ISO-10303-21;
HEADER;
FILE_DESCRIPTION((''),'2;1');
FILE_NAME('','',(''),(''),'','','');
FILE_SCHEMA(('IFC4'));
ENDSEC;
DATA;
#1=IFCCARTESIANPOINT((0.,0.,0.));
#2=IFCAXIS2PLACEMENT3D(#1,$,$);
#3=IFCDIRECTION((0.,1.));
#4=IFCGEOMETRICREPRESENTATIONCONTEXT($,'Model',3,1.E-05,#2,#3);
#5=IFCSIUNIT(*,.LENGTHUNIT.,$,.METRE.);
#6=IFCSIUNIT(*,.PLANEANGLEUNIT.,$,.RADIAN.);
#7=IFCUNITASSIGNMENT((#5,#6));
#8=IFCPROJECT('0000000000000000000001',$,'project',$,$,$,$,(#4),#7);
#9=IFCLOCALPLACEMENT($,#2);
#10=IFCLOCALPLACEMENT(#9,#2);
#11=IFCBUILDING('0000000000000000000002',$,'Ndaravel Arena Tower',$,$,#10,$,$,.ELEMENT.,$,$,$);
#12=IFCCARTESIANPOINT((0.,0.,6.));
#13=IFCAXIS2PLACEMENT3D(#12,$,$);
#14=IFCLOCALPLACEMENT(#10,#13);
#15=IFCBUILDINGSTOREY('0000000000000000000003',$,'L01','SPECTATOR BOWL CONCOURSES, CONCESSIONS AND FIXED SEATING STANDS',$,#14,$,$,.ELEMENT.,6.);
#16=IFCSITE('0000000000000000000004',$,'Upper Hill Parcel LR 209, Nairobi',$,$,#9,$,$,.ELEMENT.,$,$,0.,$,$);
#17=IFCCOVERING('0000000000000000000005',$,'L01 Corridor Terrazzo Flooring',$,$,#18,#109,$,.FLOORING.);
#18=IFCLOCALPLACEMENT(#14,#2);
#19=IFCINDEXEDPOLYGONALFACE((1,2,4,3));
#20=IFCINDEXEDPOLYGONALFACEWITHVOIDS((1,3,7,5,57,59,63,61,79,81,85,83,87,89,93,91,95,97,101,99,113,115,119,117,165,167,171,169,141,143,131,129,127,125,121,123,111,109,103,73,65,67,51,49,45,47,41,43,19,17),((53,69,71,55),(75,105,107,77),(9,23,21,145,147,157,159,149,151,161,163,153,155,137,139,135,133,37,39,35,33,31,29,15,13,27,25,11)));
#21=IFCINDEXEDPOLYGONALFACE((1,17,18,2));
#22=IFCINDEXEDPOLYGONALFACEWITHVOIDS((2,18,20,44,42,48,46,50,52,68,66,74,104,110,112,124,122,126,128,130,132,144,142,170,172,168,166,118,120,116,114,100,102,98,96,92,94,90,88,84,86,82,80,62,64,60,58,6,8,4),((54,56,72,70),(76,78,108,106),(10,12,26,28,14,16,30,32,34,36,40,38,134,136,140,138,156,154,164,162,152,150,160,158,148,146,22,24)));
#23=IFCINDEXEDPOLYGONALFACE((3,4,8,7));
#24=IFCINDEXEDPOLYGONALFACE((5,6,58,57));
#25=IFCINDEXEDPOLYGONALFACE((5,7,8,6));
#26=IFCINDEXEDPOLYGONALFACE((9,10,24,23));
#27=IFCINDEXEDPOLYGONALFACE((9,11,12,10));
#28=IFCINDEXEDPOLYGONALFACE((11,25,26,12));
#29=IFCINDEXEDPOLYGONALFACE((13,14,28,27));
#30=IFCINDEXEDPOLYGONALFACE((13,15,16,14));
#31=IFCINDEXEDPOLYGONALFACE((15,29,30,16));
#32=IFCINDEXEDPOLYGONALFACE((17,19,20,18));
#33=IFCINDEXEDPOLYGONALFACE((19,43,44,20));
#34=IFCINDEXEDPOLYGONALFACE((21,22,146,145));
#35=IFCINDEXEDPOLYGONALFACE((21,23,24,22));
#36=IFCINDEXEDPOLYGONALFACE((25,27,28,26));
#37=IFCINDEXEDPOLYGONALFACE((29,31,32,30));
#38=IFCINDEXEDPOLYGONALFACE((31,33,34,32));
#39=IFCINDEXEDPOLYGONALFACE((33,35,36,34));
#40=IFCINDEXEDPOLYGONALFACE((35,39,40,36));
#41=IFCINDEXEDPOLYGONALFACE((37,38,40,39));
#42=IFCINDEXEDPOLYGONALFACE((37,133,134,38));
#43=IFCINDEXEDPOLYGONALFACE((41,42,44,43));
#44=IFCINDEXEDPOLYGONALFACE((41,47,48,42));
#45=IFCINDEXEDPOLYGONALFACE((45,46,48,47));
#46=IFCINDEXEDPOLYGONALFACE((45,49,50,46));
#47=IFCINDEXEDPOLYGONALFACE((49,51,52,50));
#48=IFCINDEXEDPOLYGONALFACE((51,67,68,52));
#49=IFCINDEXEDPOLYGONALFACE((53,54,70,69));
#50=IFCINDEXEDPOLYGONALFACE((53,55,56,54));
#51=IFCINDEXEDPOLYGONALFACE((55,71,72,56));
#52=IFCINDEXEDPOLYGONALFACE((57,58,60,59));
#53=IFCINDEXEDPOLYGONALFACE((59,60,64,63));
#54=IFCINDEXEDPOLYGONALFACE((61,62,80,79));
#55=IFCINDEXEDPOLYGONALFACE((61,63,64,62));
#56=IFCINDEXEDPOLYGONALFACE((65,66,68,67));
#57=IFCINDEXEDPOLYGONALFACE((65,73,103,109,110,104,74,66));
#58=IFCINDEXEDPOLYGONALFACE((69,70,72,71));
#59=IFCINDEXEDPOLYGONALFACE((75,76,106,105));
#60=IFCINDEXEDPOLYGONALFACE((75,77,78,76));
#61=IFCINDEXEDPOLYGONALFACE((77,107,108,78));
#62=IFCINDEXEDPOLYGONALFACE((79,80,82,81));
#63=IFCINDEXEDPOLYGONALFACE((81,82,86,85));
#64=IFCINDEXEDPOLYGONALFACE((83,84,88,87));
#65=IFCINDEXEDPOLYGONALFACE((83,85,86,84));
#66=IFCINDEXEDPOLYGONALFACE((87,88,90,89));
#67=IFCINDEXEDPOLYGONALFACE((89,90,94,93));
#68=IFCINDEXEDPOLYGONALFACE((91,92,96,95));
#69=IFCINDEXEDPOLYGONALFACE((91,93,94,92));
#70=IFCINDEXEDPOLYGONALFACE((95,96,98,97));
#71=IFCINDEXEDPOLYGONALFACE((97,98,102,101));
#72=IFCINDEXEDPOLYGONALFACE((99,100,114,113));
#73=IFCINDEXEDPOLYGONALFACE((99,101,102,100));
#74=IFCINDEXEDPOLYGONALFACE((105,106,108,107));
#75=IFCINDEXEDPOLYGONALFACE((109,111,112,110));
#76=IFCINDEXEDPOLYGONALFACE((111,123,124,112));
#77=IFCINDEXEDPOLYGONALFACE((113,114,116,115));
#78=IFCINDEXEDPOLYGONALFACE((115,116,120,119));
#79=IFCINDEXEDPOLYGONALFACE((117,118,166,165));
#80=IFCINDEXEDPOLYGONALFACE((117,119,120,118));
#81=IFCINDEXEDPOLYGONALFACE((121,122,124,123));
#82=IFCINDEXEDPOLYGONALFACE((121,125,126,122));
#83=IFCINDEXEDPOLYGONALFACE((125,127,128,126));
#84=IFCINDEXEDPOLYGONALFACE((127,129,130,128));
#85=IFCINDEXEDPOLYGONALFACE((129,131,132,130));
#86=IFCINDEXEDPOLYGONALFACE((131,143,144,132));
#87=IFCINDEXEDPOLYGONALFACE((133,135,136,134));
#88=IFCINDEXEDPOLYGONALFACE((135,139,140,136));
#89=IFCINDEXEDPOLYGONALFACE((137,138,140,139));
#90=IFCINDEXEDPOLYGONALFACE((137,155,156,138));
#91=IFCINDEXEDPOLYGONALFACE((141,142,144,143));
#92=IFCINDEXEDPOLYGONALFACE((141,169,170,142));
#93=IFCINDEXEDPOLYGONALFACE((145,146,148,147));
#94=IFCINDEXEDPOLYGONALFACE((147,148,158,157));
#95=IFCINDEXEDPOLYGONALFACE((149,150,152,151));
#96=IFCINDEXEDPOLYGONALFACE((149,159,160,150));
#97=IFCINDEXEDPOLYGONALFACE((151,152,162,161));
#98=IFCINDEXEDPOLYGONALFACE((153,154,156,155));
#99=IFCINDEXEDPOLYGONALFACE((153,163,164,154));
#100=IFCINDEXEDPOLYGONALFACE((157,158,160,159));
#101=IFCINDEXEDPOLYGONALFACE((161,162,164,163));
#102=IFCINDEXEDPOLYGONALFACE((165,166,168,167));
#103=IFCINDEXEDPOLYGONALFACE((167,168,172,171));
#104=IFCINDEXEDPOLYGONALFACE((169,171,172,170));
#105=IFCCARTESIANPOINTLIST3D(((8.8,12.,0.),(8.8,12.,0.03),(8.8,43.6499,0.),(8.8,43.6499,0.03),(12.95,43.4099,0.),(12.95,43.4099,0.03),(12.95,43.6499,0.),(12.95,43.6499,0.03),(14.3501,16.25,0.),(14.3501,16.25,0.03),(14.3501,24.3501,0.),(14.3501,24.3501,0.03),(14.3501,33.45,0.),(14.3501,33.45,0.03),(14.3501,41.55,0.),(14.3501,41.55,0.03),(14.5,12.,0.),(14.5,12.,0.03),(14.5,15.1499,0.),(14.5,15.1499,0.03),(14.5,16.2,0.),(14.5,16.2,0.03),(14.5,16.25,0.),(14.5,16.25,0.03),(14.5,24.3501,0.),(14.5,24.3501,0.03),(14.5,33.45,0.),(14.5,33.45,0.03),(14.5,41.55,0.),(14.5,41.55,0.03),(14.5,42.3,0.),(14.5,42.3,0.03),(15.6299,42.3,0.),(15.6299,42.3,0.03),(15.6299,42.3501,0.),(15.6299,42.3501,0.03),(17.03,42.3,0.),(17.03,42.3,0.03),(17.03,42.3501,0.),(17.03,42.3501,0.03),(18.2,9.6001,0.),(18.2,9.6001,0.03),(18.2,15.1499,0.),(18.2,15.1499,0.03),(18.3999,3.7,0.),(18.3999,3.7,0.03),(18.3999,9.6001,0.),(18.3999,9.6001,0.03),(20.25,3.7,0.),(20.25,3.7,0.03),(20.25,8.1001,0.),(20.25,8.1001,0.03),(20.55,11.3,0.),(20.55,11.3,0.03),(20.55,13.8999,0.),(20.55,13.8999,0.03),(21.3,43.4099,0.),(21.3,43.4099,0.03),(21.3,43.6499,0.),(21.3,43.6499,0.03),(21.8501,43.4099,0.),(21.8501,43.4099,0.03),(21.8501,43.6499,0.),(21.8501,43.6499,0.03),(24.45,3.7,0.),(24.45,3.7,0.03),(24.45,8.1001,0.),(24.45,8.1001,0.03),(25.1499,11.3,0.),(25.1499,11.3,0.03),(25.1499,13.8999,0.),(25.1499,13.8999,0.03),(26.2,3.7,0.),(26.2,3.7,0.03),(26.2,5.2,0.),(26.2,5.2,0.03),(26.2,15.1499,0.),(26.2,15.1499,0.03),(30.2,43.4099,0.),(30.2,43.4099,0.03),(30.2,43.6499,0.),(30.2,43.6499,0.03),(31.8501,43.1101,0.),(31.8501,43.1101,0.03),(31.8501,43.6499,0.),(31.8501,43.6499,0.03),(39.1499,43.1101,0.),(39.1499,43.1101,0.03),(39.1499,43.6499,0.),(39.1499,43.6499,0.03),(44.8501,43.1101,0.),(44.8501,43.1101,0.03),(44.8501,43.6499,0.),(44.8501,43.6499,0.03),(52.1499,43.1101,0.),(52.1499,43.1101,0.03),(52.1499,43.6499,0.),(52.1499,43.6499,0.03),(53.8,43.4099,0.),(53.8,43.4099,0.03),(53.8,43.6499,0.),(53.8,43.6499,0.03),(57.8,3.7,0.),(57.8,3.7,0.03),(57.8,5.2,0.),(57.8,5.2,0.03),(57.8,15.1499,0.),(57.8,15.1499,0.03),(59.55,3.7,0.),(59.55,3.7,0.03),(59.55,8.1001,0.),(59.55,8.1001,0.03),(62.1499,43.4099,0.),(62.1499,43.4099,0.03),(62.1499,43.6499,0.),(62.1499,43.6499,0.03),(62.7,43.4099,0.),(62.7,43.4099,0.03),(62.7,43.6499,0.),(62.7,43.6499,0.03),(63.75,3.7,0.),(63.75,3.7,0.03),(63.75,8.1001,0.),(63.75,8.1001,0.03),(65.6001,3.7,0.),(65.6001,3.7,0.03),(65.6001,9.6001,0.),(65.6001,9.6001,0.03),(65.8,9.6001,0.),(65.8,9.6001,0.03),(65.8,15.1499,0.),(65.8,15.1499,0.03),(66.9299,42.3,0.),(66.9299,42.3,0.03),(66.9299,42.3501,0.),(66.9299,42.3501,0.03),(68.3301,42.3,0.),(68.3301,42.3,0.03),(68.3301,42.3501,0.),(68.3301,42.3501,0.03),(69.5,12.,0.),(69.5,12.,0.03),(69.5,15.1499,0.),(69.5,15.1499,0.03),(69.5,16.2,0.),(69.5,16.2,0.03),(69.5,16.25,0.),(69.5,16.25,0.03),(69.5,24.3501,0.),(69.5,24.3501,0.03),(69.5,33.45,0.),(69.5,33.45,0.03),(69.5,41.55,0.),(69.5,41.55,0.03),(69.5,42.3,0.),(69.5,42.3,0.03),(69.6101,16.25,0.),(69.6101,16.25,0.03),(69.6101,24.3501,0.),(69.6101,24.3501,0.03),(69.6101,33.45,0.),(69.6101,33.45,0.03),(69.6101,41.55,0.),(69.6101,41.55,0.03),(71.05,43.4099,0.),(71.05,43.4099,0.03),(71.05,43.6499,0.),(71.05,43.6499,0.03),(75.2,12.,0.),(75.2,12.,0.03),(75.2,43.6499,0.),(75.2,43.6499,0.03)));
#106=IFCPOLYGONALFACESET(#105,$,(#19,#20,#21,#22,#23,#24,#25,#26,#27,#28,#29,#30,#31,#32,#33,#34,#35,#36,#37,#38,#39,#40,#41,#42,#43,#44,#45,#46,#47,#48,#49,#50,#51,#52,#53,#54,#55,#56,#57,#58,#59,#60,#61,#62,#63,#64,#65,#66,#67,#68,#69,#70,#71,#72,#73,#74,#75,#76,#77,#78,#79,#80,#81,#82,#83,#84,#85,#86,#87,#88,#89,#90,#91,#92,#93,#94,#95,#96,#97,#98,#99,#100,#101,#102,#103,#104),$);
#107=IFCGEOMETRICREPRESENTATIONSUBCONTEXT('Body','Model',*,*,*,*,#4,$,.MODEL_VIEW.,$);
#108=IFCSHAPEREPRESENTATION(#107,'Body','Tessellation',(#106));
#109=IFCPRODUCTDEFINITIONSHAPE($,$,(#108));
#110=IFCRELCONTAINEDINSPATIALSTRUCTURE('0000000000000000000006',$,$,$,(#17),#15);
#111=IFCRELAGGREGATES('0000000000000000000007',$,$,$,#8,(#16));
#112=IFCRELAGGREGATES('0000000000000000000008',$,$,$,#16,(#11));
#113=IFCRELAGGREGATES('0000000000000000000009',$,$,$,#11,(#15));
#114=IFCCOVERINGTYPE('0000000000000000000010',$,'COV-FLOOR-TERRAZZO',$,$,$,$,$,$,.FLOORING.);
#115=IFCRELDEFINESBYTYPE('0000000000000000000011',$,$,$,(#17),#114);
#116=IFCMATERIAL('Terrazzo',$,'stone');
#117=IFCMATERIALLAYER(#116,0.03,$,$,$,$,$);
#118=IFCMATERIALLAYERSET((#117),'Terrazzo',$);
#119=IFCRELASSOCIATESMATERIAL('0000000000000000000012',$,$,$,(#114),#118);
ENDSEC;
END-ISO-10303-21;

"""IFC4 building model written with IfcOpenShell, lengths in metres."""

from ifc_helpers import new_model, si_unit, direction, frame, origin, place, context, subcontext, project, spatial, polyline, outline, extrude, material, layer, layer_set, type_object, element, save


model = new_model("IFC4")

# Units and contexts
model_context = context("Model", 3, precision=1e-05, world=origin(), true_north=direction((0.0, 1.0)))
body_context = subcontext(model_context, "Body", "Model", "MODEL_VIEW")
ifc_project = project(units=[si_unit("LENGTHUNIT", "METRE"), si_unit("PLANEANGLEUNIT", "RADIAN")], contexts=[model_context])

# Site, building, storey
site_placement = place(None, origin())
site = spatial("IfcSite", under=ifc_project, at=site_placement, Name="Upper Hill Parcel LR 209, Nairobi", CompositionType="ELEMENT", RefElevation=0.0)
building_placement = place(site_placement, origin())
building = spatial("IfcBuilding", under=site, at=building_placement, Name="Ndaravel Arena Tower", CompositionType="ELEMENT")
storey_placement = place(building_placement, frame((0.0, 0.0, 6.0)))
storey = spatial("IfcBuildingStorey", under=building, at=storey_placement, Name="L01", Description="SPECTATOR BOWL CONCOURSES, CONCESSIONS AND FIXED SEATING STANDS", CompositionType="ELEMENT", Elevation=6.0)

# Covering
ifc_material_1 = material(Name="Terrazzo", Category="stone")
ifc_layer_1 = layer(ifc_material_1, 0.03)
ifc_layer_set_1 = layer_set([ifc_layer_1], Name="Terrazzo")
covering_type_1 = type_object("IfcCoveringType", Name="COV-FLOOR-TERRAZZO", PredefinedType="FLOORING", material=ifc_layer_set_1)
covering_1_placement = place(storey_placement, origin())
element("IfcCovering", 1, at=covering_1_placement, inside=storey, type_object=covering_type_1, Name="L01 Corridor Terrazzo Flooring", PredefinedType="FLOORING", context=body_context, shape_type="SweptSolid", body=[
    extrude(outline(polyline([(59.55, 3.7), (59.55, 8.1001), (63.75, 8.1001), (63.75, 3.7), (65.6001, 3.7), (65.6001, 9.6001), (65.8, 9.6001), (65.8, 15.1499), (69.5, 15.1499), (69.5, 12.0), (75.2, 12.0), (75.2, 43.6499), (71.05, 43.6499), (71.05, 43.4099), (62.7, 43.4099), (62.7, 43.6499), (62.1499, 43.6499), (62.1499, 43.4099), (53.8, 43.4099), (53.8, 43.6499), (52.1499, 43.6499), (52.1499, 43.1101), (44.8501, 43.1101), (44.8501, 43.6499), (39.1499, 43.6499), (39.1499, 43.1101), (31.8501, 43.1101), (31.8501, 43.6499), (30.2, 43.6499), (30.2, 43.4099), (21.8501, 43.4099), (21.8501, 43.6499), (21.3, 43.6499), (21.3, 43.4099), (12.95, 43.4099), (12.95, 43.6499), (8.8, 43.6499), (8.8, 12.0), (14.5, 12.0), (14.5, 15.1499), (18.2, 15.1499), (18.2, 9.6001), (18.3999, 9.6001), (18.3999, 3.7), (20.25, 3.7), (20.25, 8.1001), (24.45, 8.1001), (24.45, 3.7), (26.2, 3.7), (57.8, 3.7), (59.55, 3.7)]), holes=[polyline([(69.5, 42.3), (69.5, 41.55), (69.6101, 41.55), (69.6101, 33.45), (69.5, 33.45), (69.5, 24.3501), (69.6101, 24.3501), (69.6101, 16.25), (69.5, 16.25), (69.5, 16.2), (14.5, 16.2), (14.5, 16.25), (14.3501, 16.25), (14.3501, 24.3501), (14.5, 24.3501), (14.5, 33.45), (14.3501, 33.45), (14.3501, 41.55), (14.5, 41.55), (14.5, 42.3), (15.6299, 42.3), (15.6299, 42.3501), (17.03, 42.3501), (17.03, 42.3), (66.9299, 42.3), (66.9299, 42.3501), (68.3301, 42.3501), (68.3301, 42.3), (69.5, 42.3)]), polyline([(26.2, 15.1499), (57.8, 15.1499), (57.8, 5.2), (26.2, 5.2), (26.2, 15.1499)]), polyline([(25.1499, 13.8999), (25.1499, 11.3), (20.55, 11.3), (20.55, 13.8999), (25.1499, 13.8999)])]), origin(), (0.0, 0.0, 1.0), 0.03),
])

save(model, "model.ifc")
